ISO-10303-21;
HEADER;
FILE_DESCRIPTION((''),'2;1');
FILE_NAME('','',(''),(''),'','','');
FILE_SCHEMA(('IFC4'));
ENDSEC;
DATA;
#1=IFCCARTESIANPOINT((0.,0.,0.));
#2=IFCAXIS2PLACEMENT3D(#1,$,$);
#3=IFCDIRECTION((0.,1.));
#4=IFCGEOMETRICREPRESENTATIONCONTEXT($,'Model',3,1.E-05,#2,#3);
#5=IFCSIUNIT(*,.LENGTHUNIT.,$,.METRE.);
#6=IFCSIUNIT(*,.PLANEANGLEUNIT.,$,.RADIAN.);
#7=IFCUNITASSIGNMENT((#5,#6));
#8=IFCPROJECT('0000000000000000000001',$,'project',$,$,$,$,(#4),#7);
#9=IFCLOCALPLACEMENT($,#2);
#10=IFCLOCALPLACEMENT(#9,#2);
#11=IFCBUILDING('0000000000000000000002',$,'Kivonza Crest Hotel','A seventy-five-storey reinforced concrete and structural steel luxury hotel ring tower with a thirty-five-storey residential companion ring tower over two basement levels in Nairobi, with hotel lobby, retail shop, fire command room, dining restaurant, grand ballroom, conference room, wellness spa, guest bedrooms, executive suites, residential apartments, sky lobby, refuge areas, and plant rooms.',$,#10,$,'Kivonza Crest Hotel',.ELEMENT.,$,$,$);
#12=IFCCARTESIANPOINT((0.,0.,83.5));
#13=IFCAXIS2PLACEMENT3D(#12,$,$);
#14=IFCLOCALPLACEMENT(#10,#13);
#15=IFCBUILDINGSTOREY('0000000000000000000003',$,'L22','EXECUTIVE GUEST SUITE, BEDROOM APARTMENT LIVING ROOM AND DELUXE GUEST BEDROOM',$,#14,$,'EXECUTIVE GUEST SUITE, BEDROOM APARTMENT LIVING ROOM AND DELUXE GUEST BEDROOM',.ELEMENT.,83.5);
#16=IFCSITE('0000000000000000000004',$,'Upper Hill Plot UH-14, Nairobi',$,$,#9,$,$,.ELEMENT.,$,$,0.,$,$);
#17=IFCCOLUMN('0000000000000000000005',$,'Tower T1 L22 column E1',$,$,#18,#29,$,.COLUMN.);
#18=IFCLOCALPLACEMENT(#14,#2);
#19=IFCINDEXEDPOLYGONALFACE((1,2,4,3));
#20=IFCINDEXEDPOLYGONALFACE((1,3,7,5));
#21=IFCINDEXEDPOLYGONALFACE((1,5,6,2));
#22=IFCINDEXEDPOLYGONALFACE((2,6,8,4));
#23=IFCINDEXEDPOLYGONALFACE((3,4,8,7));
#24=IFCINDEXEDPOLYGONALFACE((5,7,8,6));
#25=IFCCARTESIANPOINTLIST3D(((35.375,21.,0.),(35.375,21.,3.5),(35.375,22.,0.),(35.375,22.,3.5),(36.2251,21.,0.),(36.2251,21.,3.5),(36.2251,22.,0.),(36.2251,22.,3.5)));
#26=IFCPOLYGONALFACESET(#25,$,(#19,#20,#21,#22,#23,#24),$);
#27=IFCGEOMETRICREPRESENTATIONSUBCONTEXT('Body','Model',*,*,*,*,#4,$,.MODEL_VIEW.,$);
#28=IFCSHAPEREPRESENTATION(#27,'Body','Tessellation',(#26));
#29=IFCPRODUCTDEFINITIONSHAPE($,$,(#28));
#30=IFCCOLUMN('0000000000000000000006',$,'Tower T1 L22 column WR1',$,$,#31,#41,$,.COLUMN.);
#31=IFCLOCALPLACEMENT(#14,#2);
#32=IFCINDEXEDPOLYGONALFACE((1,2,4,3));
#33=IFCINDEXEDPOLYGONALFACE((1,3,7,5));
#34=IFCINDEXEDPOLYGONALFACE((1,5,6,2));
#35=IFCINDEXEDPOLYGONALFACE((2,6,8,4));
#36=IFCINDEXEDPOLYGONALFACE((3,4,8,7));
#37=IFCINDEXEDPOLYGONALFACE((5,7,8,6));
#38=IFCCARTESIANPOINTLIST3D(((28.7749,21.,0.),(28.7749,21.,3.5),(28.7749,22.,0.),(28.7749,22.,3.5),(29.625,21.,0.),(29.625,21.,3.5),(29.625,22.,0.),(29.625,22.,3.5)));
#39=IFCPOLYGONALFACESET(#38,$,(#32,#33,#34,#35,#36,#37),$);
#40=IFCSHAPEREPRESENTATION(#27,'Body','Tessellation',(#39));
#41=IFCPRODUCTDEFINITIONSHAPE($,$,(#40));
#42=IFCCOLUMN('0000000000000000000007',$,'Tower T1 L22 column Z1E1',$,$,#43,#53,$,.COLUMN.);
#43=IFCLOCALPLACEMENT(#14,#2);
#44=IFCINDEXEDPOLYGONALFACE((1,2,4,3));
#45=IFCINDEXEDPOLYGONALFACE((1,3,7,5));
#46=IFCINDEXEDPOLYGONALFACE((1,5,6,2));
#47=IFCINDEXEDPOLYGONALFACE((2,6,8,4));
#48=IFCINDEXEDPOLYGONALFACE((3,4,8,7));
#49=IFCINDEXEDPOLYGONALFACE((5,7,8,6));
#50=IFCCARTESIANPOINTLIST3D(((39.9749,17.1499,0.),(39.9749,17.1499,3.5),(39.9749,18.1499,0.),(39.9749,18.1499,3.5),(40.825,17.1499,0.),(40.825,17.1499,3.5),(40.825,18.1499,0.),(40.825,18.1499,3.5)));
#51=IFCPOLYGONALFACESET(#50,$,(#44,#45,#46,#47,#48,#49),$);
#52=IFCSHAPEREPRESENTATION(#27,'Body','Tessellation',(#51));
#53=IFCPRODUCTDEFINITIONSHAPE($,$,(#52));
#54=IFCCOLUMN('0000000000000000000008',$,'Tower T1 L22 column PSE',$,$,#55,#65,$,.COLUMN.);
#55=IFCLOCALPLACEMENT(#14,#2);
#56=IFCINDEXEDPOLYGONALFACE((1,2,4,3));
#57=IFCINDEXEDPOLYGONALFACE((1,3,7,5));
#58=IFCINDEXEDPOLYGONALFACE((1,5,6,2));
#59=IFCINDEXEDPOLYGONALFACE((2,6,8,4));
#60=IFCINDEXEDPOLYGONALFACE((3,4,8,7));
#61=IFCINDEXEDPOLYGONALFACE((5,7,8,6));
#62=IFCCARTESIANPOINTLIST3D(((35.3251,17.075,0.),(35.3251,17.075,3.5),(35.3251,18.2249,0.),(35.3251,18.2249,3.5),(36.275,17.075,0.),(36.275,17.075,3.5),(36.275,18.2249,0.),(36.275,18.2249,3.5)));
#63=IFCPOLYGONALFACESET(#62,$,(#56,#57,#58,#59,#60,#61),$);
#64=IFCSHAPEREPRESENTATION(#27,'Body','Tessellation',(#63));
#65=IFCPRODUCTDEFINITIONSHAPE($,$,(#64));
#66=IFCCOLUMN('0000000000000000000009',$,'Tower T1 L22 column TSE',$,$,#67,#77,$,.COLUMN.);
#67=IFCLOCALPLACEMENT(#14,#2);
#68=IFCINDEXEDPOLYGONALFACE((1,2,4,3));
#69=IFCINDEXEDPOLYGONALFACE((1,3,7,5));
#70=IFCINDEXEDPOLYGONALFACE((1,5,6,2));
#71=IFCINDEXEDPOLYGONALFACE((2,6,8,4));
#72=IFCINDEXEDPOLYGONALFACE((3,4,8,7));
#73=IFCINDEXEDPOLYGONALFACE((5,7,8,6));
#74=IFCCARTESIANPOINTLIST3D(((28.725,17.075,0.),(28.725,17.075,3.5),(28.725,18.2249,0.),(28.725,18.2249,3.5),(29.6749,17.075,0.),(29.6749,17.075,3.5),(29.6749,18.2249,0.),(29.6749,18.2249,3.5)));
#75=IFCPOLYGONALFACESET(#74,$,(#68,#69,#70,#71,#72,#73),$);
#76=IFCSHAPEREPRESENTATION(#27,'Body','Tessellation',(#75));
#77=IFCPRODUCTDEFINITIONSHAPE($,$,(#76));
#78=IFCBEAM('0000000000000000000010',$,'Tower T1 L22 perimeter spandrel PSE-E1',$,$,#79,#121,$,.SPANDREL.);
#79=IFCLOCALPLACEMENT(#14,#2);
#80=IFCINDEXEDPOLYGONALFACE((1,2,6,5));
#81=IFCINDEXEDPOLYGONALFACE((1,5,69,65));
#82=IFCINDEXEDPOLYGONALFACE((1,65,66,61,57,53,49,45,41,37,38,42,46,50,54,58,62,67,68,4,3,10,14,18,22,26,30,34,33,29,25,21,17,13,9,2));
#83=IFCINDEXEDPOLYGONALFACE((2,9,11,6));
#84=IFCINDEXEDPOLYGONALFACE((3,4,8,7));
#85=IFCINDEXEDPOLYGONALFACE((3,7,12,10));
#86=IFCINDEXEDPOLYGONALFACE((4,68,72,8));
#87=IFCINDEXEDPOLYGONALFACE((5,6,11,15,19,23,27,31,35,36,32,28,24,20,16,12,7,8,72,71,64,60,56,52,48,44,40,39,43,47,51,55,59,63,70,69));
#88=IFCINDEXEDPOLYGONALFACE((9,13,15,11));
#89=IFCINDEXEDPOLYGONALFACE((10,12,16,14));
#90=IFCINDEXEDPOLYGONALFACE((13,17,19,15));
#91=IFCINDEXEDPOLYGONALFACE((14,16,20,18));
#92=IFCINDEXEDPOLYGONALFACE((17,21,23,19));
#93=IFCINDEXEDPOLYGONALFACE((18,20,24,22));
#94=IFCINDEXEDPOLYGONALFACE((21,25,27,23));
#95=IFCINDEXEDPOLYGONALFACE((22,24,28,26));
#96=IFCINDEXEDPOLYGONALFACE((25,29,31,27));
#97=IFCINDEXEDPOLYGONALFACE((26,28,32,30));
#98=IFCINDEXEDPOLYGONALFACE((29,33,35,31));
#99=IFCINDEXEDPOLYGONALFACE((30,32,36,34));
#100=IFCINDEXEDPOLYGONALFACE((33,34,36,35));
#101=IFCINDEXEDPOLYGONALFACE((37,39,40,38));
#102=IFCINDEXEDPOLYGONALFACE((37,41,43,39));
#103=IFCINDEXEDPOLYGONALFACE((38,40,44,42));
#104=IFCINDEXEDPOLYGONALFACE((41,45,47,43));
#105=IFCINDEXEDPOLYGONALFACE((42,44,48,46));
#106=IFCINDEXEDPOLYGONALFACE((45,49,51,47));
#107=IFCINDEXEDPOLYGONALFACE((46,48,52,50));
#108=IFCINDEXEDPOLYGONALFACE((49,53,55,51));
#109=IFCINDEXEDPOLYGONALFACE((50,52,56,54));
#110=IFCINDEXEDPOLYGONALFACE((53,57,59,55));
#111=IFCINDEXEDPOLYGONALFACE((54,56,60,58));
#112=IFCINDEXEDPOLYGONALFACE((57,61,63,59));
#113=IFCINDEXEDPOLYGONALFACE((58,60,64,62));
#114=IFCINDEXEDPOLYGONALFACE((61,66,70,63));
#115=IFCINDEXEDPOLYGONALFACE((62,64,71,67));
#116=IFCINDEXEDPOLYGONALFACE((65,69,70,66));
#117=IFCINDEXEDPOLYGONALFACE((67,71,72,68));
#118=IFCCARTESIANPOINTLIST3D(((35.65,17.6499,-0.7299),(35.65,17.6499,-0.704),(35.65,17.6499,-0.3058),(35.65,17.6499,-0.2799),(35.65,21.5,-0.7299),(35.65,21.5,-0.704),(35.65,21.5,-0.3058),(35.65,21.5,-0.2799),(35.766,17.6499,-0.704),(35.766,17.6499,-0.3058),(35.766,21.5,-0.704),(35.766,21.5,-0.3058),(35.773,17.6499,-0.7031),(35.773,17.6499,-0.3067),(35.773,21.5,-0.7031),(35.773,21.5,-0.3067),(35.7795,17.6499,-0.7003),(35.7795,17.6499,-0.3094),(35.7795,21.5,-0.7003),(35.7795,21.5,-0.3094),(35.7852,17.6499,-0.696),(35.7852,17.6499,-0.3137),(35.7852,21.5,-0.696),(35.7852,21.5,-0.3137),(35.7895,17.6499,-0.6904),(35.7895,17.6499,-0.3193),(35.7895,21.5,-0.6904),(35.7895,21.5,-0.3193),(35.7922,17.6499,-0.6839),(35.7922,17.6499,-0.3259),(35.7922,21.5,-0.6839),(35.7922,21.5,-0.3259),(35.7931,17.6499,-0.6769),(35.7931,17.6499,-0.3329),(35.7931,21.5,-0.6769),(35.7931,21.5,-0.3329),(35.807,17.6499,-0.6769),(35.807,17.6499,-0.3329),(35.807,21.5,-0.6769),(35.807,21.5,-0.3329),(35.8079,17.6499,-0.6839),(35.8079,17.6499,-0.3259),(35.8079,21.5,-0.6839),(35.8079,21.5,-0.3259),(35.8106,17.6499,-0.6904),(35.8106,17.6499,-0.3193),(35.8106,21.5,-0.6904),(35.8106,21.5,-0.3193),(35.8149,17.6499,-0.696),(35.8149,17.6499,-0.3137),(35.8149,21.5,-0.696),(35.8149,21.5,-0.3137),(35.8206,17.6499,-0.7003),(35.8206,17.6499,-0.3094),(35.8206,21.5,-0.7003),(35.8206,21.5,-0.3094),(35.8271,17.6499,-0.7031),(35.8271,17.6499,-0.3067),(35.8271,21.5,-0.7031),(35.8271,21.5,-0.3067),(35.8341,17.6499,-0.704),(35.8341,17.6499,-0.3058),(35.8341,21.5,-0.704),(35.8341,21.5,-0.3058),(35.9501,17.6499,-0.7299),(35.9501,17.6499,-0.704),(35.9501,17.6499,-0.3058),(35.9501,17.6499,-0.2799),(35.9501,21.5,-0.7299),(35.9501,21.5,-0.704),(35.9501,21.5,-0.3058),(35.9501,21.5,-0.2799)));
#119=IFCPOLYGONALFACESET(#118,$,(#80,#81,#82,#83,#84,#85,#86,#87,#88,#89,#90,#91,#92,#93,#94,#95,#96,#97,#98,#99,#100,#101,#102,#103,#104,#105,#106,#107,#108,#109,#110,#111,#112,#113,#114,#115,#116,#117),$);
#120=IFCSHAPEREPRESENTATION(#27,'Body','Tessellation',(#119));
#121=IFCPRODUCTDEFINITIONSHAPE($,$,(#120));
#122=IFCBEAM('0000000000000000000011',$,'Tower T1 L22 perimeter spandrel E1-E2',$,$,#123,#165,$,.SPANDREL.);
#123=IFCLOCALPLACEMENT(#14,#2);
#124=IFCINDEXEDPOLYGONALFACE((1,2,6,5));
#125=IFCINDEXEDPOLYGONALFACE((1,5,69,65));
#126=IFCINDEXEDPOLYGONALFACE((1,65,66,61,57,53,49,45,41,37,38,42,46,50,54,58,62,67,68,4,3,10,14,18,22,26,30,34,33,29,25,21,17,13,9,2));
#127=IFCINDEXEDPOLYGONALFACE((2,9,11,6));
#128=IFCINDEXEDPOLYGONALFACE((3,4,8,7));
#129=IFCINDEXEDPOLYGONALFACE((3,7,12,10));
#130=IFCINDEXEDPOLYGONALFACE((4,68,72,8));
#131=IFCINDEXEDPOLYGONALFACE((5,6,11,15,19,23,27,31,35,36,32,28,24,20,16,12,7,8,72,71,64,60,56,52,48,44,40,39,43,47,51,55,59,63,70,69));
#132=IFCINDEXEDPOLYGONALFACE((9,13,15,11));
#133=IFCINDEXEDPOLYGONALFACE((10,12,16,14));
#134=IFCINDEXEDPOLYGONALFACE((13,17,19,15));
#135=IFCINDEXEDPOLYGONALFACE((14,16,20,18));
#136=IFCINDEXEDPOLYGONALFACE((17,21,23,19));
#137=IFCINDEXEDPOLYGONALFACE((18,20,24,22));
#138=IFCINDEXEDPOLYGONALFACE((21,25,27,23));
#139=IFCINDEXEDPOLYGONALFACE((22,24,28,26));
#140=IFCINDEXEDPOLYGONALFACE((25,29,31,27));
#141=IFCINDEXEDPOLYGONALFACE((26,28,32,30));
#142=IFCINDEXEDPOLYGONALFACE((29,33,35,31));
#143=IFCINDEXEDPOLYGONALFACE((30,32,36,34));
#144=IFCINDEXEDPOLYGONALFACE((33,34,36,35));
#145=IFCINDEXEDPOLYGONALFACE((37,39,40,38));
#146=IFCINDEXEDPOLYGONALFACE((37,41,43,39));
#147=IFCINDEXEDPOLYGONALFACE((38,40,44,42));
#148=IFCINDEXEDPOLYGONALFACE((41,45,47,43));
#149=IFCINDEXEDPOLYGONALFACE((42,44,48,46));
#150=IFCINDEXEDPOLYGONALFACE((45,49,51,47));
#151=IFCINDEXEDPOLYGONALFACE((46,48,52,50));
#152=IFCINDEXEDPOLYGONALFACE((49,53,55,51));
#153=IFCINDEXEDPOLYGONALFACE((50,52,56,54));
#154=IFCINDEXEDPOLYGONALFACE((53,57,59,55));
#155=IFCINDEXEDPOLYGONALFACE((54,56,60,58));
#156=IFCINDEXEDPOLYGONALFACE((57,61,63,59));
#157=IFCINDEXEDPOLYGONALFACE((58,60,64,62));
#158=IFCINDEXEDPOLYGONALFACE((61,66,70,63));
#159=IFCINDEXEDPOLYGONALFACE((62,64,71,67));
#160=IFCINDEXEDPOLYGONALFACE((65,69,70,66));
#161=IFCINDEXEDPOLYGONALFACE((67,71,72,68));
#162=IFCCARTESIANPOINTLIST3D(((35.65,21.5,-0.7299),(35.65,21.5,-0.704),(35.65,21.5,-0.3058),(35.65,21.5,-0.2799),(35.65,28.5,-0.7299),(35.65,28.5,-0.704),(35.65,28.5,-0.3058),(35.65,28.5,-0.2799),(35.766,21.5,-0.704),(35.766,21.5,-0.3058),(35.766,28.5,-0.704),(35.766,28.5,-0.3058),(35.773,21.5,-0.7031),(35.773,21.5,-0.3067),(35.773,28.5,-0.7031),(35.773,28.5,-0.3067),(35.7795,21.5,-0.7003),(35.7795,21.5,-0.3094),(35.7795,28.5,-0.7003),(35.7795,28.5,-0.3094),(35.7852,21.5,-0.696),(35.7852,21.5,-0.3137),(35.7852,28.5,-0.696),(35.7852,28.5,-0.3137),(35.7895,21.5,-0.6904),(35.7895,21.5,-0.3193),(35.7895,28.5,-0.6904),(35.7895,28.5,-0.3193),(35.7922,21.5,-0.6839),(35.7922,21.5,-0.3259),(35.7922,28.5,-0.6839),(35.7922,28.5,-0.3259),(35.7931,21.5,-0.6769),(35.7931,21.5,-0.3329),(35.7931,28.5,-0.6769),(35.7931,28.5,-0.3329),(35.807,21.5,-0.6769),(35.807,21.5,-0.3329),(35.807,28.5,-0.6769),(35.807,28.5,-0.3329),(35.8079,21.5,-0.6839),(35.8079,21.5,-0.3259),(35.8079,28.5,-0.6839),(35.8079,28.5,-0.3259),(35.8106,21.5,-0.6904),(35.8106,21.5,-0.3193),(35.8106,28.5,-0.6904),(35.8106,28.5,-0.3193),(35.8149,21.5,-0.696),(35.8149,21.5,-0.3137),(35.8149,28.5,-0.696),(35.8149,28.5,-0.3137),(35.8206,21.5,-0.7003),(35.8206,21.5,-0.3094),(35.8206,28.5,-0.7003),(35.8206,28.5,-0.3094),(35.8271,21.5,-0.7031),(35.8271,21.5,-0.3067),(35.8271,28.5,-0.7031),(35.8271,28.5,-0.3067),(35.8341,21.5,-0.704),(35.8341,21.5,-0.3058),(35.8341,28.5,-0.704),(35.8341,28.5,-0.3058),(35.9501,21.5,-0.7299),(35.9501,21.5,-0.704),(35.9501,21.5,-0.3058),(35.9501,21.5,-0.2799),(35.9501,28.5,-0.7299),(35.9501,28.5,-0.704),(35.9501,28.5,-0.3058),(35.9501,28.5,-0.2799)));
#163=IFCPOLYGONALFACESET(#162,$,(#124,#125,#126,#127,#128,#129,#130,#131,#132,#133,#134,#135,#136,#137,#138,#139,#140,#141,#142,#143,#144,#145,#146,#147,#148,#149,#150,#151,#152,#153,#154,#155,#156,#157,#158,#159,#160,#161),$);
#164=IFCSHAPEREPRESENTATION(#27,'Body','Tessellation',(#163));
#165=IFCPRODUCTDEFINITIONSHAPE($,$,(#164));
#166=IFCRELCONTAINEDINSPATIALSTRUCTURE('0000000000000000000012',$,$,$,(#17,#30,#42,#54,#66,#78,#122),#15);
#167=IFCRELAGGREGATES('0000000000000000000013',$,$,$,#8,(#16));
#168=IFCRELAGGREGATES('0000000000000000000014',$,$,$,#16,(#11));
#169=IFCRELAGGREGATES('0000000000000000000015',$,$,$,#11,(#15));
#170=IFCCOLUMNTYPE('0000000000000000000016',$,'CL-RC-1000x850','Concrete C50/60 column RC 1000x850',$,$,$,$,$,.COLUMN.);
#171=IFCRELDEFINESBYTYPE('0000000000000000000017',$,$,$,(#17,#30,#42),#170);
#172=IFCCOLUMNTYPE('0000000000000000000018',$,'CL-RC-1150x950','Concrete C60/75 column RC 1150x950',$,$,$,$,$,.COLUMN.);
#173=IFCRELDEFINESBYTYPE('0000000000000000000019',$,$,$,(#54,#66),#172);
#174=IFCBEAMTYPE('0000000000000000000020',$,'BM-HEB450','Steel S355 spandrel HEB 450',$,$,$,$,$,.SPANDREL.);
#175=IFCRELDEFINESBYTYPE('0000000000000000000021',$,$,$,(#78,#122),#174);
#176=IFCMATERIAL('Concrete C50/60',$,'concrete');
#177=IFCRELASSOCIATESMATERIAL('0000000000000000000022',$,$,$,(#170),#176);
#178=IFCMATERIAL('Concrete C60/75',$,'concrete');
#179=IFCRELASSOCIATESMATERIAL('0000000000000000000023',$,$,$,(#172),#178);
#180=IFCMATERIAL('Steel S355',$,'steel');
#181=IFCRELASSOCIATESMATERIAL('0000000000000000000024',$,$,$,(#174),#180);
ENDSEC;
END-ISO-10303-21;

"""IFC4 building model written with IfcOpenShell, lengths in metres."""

from ifc_helpers import new_model, si_unit, direction, frame, origin, origin_2d, place, context, subcontext, project, spatial, rectangle, i_section, extrude, material, material_profile, profile_set, type_object, element, save


model = new_model("IFC4")

# Units and contexts
model_context = context("Model", 3, precision=1e-05, world=origin(), true_north=direction((0.0, 1.0)))
body_context = subcontext(model_context, "Body", "Model", "MODEL_VIEW")
ifc_project = project(units=[si_unit("LENGTHUNIT", "METRE"), si_unit("PLANEANGLEUNIT", "RADIAN")], contexts=[model_context])

# Site, building, storey
site_placement = place(None, origin())
site = spatial("IfcSite", under=ifc_project, at=site_placement, Name="Upper Hill Plot UH-14, Nairobi", CompositionType="ELEMENT", RefElevation=0.0)
building_placement = place(site_placement, origin())
building = spatial("IfcBuilding", under=site, at=building_placement, Name="Kivonza Crest Hotel", Description="A seventy-five-storey reinforced concrete and structural steel luxury hotel ring tower with a thirty-five-storey residential companion ring tower over two basement levels in Nairobi, with hotel lobby, retail shop, fire command room, dining restaurant, grand ballroom, conference room, wellness spa, guest bedrooms, executive suites, residential apartments, sky lobby, refuge areas, and plant rooms.", LongName="Kivonza Crest Hotel", CompositionType="ELEMENT")
storey_placement = place(building_placement, frame((0.0, 0.0, 83.5)))
storey = spatial("IfcBuildingStorey", under=building, at=storey_placement, Name="L22", Description="EXECUTIVE GUEST SUITE, BEDROOM APARTMENT LIVING ROOM AND DELUXE GUEST BEDROOM", LongName="EXECUTIVE GUEST SUITE, BEDROOM APARTMENT LIVING ROOM AND DELUXE GUEST BEDROOM", CompositionType="ELEMENT", Elevation=83.5)

# Columns
ifc_material_1 = material(Name="Concrete C50/60", Category="concrete")
ifc_material_profile_1 = material_profile(ifc_material_1, rectangle(XDim=0.8501, YDim=1.0, at=origin_2d()), Name="RC 1000x850")
ifc_profile_set_1 = profile_set([ifc_material_profile_1], Name="Concrete C50/60")
column_type_1 = type_object("IfcColumnType", Name="CL-RC-1000x850", Description="Concrete C50/60 column RC 1000x850", PredefinedType="COLUMN", material=ifc_profile_set_1)
for number, where, z_axis, x_axis, name in (
    (1, (35.8, 21.5, 0.0), (0.0, 0.0, 1.0), (1.0, 0.0, 0.0), "Tower T1 L22 column E1"),
    (2, (29.2, 21.5, 0.0), (0.0, 0.0, 1.0), (1.0, 0.0, 0.0), "Tower T1 L22 column WR1"),
    (3, (40.3999, 17.6499, 0.0), (0.0, 0.0, 1.0), (1.0, 0.0, 0.0), "Tower T1 L22 column Z1E1"),
):
    element("IfcColumn", number, at=place(storey_placement, frame(where, z_axis=z_axis, x_axis=x_axis)), inside=storey, type_object=column_type_1, Name=name, PredefinedType="COLUMN", context=body_context, shape_type="SweptSolid", body=[
        extrude(rectangle(XDim=0.8501, YDim=1.0, at=origin_2d()), origin(), (0.0, 0.0, 1.0), 3.5),
    ])
ifc_material_2 = material(Name="Concrete C60/75", Category="concrete")
ifc_material_profile_2 = material_profile(ifc_material_2, rectangle(XDim=0.95, YDim=1.1499, at=origin_2d()), Name="RC 1150x950")
ifc_profile_set_2 = profile_set([ifc_material_profile_2], Name="Concrete C60/75")
column_type_2 = type_object("IfcColumnType", Name="CL-RC-1150x950", Description="Concrete C60/75 column RC 1150x950", PredefinedType="COLUMN", material=ifc_profile_set_2)
for number, where, z_axis, x_axis, name in (
    (4, (35.8, 17.6499, 0.0), (0.0, 0.0, 1.0), (1.0, 0.0, 0.0), "Tower T1 L22 column PSE"),
    (5, (29.2, 17.6499, 0.0), (0.0, 0.0, 1.0), (1.0, 0.0, 0.0), "Tower T1 L22 column TSE"),
):
    element("IfcColumn", number, at=place(storey_placement, frame(where, z_axis=z_axis, x_axis=x_axis)), inside=storey, type_object=column_type_2, Name=name, PredefinedType="COLUMN", context=body_context, shape_type="SweptSolid", body=[
        extrude(rectangle(XDim=0.95, YDim=1.1499, at=origin_2d()), origin(), (0.0, 0.0, 1.0), 3.5),
    ])

# Beams
ifc_material_3 = material(Name="Steel S355", Category="steel")
ifc_material_profile_3 = material_profile(ifc_material_3, i_section(OverallWidth=0.3, OverallDepth=0.45, WebThickness=0.0139, FlangeThickness=0.0259, FilletRadius=0.0271, at=origin_2d()), Name="HEB 450")
ifc_profile_set_3 = profile_set([ifc_material_profile_3], Name="Steel S355")
beam_type_1 = type_object("IfcBeamType", Name="BM-HEB450", Description="Steel S355 spandrel HEB 450", PredefinedType="SPANDREL", material=ifc_profile_set_3)
beam_1_placement = place(storey_placement, frame((35.8, 17.6499, -0.5049), z_axis=(0.0, 1.0, 0.0), x_axis=(-1.0, 0.0, 0.0)))
element("IfcBeam", 6, at=beam_1_placement, inside=storey, type_object=beam_type_1, Name="Tower T1 L22 perimeter spandrel PSE-E1", PredefinedType="SPANDREL", context=body_context, shape_type="SweptSolid", body=[
    extrude(i_section(OverallWidth=0.3, OverallDepth=0.45, WebThickness=0.0139, FlangeThickness=0.0259, FilletRadius=0.0271, at=origin_2d()), origin(), (0.0, 0.0, 1.0), 3.8501),
])
beam_2_placement = place(storey_placement, frame((35.8, 21.5, -0.5049), z_axis=(0.0, 1.0, 0.0), x_axis=(-1.0, 0.0, 0.0)))
element("IfcBeam", 7, at=beam_2_placement, inside=storey, type_object=beam_type_1, Name="Tower T1 L22 perimeter spandrel E1-E2", PredefinedType="SPANDREL", context=body_context, shape_type="SweptSolid", body=[
    extrude(i_section(OverallWidth=0.3, OverallDepth=0.45, WebThickness=0.0139, FlangeThickness=0.0259, FilletRadius=0.0271, at=origin_2d()), origin(), (0.0, 0.0, 1.0), 7.0),
])

save(model, "model.ifc")
